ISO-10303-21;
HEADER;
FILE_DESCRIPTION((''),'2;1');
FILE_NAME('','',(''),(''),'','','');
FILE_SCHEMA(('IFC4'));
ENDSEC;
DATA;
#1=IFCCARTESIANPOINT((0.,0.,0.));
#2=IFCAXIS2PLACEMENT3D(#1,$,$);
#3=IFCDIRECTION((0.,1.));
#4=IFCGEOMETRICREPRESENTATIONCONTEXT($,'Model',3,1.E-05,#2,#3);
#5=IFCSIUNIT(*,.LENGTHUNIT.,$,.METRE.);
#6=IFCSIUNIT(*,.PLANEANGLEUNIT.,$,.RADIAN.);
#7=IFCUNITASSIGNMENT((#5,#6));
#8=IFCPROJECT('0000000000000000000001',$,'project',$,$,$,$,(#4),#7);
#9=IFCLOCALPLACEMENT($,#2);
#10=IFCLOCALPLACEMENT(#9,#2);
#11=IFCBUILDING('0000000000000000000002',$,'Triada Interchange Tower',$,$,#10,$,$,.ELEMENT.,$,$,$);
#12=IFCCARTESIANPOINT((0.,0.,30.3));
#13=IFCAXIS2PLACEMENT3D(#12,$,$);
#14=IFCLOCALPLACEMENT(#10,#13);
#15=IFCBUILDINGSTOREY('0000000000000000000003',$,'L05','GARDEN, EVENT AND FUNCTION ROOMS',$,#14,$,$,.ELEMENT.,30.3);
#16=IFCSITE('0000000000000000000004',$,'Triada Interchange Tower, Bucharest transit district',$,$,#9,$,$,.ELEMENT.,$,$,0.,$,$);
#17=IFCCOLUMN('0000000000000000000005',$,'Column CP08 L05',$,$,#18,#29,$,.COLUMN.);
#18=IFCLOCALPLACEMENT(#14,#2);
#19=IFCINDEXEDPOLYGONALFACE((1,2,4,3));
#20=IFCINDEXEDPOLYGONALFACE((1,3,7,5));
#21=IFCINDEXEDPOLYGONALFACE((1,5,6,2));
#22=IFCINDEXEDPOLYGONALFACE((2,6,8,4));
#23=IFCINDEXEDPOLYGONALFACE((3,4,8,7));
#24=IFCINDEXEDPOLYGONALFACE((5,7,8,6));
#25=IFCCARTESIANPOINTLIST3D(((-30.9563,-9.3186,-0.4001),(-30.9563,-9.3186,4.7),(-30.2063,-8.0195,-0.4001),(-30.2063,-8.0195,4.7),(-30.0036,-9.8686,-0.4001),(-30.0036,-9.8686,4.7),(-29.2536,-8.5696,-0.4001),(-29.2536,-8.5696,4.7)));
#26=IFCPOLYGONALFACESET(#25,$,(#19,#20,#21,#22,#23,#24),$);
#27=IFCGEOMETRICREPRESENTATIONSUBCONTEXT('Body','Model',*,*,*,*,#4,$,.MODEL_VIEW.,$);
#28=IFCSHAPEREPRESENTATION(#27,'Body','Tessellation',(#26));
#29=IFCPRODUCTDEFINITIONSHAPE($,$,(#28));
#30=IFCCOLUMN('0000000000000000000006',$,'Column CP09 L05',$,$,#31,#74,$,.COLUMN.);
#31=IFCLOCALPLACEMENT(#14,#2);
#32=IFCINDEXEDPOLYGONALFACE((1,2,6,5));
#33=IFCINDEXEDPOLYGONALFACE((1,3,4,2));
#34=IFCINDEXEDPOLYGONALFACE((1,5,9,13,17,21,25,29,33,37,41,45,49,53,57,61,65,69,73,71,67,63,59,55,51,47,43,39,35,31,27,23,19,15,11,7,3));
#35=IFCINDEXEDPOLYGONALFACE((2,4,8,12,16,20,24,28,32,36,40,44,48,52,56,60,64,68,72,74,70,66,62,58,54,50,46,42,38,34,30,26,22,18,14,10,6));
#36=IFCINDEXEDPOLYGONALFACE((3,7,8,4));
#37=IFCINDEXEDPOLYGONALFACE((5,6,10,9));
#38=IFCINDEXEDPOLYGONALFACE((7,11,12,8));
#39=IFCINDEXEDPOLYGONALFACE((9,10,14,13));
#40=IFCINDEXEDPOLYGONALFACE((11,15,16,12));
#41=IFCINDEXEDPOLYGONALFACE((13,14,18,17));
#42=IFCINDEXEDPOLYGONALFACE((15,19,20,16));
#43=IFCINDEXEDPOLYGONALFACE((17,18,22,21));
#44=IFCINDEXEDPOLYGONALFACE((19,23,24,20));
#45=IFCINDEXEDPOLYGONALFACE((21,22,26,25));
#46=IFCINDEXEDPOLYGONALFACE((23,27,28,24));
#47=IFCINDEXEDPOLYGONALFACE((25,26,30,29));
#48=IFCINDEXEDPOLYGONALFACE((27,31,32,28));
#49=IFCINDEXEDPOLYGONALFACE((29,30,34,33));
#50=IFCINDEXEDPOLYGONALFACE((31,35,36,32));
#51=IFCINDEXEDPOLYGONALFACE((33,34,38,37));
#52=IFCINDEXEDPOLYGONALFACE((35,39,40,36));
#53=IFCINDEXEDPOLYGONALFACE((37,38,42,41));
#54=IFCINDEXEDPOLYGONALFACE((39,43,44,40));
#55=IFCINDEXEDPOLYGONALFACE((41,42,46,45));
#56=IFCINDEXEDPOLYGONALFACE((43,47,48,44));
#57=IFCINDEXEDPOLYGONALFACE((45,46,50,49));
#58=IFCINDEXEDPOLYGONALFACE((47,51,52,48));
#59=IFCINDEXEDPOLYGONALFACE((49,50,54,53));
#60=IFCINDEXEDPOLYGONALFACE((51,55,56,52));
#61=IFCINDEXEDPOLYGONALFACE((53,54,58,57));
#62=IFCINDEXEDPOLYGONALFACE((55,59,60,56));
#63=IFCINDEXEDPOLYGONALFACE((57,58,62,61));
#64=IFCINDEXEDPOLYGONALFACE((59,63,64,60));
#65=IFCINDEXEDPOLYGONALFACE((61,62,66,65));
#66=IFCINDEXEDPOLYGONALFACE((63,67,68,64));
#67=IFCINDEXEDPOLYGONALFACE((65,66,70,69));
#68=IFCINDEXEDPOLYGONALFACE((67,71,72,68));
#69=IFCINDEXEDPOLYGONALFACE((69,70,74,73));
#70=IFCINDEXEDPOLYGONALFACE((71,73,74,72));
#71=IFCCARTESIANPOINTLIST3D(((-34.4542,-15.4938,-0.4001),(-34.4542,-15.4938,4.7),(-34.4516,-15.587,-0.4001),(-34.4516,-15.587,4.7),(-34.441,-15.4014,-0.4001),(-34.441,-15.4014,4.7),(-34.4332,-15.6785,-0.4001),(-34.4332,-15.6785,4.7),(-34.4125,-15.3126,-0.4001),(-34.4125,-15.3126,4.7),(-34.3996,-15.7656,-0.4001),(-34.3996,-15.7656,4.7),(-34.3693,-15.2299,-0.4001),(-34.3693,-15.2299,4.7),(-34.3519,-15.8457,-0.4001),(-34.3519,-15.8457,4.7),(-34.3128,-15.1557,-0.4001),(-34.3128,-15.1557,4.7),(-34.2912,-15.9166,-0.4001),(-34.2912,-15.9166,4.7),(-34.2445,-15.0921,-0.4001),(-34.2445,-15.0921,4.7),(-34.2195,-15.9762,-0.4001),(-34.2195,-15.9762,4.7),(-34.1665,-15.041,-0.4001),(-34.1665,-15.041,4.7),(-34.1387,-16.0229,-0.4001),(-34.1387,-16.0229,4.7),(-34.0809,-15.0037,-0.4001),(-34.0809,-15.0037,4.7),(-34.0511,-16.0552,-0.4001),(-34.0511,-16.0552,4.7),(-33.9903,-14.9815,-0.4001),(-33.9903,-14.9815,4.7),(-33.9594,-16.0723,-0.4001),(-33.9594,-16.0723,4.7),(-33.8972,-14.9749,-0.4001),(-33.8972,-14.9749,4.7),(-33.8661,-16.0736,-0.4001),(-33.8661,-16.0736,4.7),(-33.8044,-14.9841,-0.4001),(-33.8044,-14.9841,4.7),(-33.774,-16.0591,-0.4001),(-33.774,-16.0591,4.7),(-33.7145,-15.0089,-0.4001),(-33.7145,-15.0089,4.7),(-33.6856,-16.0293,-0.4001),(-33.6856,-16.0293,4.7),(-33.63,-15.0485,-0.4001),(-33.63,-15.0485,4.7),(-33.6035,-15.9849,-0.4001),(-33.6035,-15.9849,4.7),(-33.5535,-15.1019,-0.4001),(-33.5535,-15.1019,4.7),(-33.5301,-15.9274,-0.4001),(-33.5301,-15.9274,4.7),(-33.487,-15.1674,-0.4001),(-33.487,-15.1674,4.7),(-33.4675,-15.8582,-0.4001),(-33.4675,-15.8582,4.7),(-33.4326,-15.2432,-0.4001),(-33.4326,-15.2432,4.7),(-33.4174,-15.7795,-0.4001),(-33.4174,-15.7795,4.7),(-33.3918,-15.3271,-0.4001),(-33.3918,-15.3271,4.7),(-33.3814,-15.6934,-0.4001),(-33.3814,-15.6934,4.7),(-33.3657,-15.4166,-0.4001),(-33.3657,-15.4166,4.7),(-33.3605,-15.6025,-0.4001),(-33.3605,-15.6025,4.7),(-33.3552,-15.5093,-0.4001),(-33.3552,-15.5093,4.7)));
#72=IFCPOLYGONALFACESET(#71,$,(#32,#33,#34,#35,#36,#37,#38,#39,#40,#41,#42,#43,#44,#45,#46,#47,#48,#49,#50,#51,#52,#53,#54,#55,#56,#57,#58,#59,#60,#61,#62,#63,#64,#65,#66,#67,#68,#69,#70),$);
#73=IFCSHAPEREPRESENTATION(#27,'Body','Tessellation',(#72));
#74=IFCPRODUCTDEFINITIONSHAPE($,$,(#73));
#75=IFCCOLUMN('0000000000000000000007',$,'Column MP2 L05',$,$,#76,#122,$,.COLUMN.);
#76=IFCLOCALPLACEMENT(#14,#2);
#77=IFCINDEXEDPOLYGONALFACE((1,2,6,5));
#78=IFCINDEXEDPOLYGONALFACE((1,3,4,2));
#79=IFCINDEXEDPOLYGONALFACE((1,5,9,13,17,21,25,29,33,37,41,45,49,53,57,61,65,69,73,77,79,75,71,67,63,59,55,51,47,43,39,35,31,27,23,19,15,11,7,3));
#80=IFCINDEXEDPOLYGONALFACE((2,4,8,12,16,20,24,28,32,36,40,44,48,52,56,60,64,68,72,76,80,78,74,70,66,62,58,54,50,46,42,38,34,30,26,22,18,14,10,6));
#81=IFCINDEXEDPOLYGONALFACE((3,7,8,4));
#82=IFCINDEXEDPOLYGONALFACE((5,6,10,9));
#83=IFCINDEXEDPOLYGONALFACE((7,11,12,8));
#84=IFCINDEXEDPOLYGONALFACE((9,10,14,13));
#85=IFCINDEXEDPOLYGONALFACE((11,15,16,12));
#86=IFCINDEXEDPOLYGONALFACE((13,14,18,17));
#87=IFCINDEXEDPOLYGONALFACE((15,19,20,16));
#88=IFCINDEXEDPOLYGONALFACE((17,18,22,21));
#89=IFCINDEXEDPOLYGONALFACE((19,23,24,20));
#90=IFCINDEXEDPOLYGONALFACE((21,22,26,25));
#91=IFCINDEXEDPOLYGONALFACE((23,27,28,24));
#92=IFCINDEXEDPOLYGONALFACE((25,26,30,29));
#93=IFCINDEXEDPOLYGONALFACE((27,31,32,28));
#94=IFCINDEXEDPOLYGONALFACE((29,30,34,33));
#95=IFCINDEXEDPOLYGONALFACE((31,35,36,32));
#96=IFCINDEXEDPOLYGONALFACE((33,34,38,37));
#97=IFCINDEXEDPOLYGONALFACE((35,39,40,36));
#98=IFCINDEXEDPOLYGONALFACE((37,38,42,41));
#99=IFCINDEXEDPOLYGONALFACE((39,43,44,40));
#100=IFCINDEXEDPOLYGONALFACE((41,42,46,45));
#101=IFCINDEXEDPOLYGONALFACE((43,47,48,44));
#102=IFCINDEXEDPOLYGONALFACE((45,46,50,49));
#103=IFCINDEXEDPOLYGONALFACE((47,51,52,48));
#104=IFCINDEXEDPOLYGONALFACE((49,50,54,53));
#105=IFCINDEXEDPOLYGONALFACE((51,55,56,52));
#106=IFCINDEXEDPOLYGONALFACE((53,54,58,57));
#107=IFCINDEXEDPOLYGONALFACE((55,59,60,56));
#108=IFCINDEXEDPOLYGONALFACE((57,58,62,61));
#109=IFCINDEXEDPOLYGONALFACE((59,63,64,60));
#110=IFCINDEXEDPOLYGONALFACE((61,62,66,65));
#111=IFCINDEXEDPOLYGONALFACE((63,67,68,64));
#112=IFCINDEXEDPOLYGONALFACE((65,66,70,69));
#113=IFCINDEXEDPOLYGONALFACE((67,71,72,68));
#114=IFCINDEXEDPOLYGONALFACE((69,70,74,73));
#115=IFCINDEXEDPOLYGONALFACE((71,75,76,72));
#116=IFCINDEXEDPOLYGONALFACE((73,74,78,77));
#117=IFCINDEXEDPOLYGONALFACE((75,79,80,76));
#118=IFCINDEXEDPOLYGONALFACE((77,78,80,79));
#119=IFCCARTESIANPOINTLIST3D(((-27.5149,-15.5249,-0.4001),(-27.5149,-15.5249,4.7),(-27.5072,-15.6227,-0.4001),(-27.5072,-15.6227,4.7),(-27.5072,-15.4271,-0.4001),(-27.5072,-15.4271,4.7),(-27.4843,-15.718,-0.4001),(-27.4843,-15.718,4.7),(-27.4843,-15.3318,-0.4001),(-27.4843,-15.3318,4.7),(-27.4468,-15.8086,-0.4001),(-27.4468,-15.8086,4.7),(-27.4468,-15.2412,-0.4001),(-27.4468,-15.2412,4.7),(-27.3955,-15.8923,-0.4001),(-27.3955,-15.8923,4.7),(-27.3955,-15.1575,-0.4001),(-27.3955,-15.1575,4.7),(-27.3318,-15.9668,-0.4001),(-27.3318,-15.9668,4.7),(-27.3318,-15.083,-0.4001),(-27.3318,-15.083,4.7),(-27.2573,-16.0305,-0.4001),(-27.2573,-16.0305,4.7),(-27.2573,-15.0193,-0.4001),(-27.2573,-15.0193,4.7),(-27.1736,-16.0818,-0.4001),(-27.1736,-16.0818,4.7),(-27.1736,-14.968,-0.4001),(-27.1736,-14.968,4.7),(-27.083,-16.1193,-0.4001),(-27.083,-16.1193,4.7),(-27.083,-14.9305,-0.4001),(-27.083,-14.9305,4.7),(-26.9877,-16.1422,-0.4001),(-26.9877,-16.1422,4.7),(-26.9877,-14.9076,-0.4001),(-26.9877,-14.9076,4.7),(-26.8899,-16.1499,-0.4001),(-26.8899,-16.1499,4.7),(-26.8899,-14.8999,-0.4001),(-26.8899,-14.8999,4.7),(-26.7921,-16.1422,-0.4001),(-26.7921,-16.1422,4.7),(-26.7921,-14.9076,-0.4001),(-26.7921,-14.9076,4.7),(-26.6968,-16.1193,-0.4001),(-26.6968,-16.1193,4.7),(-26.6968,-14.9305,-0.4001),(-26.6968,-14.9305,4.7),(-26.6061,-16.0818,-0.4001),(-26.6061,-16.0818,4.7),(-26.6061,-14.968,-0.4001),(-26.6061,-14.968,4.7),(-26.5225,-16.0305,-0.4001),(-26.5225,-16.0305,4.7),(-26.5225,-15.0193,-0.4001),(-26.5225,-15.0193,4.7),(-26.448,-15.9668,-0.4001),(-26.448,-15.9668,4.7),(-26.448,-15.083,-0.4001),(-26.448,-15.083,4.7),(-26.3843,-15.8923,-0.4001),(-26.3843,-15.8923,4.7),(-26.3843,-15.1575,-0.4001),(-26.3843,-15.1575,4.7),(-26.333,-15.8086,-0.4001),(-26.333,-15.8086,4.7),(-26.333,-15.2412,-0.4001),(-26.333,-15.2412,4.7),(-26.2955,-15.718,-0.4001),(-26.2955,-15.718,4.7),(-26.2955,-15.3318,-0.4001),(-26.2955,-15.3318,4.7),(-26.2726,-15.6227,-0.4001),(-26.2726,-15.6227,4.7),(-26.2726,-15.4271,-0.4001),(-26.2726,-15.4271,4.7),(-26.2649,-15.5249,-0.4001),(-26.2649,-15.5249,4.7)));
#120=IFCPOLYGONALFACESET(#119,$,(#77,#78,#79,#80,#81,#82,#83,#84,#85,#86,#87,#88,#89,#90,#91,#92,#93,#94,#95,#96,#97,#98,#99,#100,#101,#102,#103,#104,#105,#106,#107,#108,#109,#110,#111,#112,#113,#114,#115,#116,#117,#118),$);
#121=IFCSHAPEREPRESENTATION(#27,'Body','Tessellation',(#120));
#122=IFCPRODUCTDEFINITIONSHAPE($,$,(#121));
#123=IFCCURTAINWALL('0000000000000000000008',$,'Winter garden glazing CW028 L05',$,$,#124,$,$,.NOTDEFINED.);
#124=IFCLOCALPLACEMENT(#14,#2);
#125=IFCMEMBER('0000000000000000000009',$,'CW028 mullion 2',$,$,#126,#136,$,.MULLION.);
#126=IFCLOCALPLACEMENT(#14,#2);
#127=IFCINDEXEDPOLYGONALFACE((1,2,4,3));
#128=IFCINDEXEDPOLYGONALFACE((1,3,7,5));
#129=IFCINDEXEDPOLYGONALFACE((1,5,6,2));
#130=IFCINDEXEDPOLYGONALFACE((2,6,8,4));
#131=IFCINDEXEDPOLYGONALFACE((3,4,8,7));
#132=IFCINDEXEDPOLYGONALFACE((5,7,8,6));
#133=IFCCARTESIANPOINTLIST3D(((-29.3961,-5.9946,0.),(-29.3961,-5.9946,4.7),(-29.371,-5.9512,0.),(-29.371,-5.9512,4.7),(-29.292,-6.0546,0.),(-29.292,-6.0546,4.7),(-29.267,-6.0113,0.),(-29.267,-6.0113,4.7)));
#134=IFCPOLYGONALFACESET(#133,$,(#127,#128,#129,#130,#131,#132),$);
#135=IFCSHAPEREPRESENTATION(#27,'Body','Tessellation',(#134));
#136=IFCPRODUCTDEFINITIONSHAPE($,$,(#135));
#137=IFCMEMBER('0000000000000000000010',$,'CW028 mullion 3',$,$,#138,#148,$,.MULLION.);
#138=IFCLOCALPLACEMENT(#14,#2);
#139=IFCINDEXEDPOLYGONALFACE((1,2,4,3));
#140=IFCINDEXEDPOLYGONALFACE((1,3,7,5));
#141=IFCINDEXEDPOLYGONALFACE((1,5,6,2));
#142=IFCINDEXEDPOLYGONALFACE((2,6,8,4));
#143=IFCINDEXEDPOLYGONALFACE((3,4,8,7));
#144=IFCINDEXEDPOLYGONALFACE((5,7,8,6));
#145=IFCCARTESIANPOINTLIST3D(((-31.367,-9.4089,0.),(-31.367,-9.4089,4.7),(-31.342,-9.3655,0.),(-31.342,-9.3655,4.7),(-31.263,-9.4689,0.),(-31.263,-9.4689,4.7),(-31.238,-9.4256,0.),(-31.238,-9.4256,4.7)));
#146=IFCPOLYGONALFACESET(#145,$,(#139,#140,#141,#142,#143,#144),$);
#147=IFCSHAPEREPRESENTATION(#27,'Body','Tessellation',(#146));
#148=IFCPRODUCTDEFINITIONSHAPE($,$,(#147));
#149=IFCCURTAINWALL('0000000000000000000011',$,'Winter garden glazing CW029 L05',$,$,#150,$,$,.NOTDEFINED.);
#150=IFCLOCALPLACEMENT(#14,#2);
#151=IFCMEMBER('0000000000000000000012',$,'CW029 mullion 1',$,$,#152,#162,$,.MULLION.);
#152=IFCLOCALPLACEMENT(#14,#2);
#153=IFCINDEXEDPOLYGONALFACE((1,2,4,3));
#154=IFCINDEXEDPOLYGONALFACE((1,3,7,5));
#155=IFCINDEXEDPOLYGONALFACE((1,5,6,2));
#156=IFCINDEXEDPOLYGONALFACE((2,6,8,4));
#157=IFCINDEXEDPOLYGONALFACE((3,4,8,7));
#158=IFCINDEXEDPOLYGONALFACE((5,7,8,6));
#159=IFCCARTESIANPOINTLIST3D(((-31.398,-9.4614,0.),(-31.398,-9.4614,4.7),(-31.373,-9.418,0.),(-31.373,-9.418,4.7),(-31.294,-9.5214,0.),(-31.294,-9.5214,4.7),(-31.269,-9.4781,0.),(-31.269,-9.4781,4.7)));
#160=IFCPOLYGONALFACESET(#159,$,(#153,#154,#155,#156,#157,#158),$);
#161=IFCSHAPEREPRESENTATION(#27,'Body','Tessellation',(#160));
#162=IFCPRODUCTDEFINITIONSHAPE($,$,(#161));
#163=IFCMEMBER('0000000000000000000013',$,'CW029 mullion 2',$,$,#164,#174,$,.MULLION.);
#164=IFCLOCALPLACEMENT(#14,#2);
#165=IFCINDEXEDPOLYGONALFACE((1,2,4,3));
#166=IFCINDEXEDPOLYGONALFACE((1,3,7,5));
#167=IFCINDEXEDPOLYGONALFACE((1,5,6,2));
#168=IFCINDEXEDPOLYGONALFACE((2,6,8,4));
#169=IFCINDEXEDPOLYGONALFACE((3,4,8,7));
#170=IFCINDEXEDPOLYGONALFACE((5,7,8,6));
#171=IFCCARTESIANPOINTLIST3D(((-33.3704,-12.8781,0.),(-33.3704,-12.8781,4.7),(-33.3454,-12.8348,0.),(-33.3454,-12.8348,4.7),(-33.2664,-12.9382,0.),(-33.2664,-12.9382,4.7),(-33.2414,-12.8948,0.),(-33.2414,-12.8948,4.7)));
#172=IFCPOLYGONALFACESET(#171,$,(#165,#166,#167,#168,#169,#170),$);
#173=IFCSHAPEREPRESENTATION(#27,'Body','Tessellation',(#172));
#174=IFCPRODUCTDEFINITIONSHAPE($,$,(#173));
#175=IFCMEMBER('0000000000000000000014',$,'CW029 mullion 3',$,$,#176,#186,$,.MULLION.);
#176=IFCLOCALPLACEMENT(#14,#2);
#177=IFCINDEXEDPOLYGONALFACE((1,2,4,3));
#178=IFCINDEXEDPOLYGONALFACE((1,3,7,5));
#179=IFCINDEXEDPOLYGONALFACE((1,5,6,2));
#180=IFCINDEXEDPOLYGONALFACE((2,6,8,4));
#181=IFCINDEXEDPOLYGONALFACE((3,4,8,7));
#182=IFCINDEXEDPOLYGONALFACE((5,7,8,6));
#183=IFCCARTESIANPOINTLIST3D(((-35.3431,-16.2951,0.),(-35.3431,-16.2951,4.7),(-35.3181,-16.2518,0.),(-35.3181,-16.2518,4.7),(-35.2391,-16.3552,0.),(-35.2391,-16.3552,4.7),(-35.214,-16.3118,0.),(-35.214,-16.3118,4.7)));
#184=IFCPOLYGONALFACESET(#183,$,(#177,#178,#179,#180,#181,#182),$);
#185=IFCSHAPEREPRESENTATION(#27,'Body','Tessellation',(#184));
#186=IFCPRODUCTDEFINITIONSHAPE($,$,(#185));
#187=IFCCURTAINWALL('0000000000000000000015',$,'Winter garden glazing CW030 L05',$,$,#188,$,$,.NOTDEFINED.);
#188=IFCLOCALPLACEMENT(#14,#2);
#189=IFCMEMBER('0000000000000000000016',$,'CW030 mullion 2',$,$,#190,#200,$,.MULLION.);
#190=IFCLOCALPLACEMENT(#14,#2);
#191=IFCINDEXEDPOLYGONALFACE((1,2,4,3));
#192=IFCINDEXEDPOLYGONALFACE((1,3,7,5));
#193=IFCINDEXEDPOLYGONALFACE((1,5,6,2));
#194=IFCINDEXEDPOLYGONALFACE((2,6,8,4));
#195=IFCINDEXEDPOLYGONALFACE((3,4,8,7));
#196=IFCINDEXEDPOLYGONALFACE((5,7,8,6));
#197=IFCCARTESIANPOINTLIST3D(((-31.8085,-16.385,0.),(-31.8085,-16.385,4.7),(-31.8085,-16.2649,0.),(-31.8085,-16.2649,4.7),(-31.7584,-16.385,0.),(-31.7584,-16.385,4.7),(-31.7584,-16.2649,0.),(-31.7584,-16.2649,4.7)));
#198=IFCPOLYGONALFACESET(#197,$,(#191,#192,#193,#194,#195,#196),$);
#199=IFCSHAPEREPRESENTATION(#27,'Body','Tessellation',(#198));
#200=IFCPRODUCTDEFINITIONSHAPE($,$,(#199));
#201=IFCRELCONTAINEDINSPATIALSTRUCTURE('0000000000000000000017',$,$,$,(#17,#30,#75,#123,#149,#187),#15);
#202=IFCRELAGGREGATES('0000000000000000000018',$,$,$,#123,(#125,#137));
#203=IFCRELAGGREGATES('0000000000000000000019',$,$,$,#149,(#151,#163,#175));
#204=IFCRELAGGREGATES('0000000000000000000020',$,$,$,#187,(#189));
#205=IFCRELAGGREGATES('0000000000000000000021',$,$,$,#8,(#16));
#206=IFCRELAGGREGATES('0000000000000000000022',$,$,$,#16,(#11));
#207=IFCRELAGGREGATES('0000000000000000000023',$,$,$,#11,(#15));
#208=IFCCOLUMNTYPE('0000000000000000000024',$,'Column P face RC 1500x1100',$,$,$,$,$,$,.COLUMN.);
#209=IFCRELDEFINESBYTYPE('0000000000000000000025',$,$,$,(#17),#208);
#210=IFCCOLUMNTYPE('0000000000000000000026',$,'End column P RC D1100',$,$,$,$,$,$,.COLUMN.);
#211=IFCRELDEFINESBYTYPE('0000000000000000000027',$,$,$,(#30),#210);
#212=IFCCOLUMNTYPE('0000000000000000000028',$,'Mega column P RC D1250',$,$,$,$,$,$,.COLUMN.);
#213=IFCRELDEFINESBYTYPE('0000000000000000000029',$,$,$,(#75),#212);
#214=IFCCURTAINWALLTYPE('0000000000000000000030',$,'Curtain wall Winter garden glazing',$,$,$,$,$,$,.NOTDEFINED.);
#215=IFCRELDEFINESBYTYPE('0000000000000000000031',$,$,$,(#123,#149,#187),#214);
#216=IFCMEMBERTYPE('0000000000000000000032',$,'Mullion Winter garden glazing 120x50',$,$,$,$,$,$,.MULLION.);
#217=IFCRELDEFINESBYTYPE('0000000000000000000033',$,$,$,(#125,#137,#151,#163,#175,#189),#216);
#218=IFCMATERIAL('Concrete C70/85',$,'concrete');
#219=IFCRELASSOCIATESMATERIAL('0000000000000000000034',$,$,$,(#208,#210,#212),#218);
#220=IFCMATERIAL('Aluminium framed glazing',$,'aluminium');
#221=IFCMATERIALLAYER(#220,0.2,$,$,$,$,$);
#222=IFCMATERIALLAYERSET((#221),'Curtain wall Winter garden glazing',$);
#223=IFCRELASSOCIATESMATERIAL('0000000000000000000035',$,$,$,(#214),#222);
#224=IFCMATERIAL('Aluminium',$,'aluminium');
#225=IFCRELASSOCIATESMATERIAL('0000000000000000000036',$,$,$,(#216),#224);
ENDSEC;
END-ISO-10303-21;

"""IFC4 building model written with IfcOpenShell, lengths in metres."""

from ifc_helpers import new_model, si_unit, direction, frame, origin, origin_2d, place, context, subcontext, project, spatial, rectangle, circle, extrude, material, layer, layer_set, material_profile, profile_set, type_object, element, aggregate, save


model = new_model("IFC4")

# Units and contexts
model_context = context("Model", 3, precision=1e-05, world=origin(), true_north=direction((0.0, 1.0)))
body_context = subcontext(model_context, "Body", "Model", "MODEL_VIEW")
ifc_project = project(units=[si_unit("LENGTHUNIT", "METRE"), si_unit("PLANEANGLEUNIT", "RADIAN")], contexts=[model_context])

# Site, building, storey
site_placement = place(None, origin())
site = spatial("IfcSite", under=ifc_project, at=site_placement, Name="Triada Interchange Tower, Bucharest transit district", CompositionType="ELEMENT", RefElevation=0.0)
building_placement = place(site_placement, origin())
building = spatial("IfcBuilding", under=site, at=building_placement, Name="Triada Interchange Tower", CompositionType="ELEMENT")
storey_placement = place(building_placement, frame((0.0, 0.0, 30.3)))
storey = spatial("IfcBuildingStorey", under=building, at=storey_placement, Name="L05", Description="GARDEN, EVENT AND FUNCTION ROOMS", CompositionType="ELEMENT", Elevation=30.3)

# Columns
ifc_material_1 = material(Name="Concrete C70/85", Category="concrete")
ifc_material_profile_1 = material_profile(ifc_material_1, rectangle(XDim=1.5, YDim=1.1001, at=origin_2d()), Name="RC 1500x1100")
ifc_profile_set_1 = profile_set([ifc_material_profile_1], Name="Concrete C70/85")
column_type_1 = type_object("IfcColumnType", Name="Column P face RC 1500x1100", PredefinedType="COLUMN", material=ifc_profile_set_1)
column_1_placement = place(storey_placement, frame((-30.105, -8.9441, -0.4001), z_axis=(0.0, 0.0, 1.0), x_axis=(0.5, 0.866025, 0.0)))
element("IfcColumn", 1, at=column_1_placement, inside=storey, type_object=column_type_1, Name="Column CP08 L05", PredefinedType="COLUMN", context=body_context, shape_type="SweptSolid", body=[
    extrude(rectangle(XDim=1.5, YDim=1.1001, at=origin_2d()), origin(), (0.0, 0.0, 1.0), 5.1001),
])
ifc_material_profile_2 = material_profile(ifc_material_1, circle(Radius=0.55, at=origin_2d()), Name="RC D1100")
ifc_profile_set_2 = profile_set([ifc_material_profile_2], Name="Concrete C70/85")
column_type_2 = type_object("IfcColumnType", Name="End column P RC D1100", PredefinedType="COLUMN", material=ifc_profile_set_2)
column_2_placement = place(storey_placement, frame((-33.905, -15.5249, -0.4001), z_axis=(0.0, 0.0, 1.0), x_axis=(0.5, 0.866025, 0.0)))
element("IfcColumn", 2, at=column_2_placement, inside=storey, type_object=column_type_2, Name="Column CP09 L05", PredefinedType="COLUMN", context=body_context, shape_type="SweptSolid", body=[
    extrude(circle(Radius=0.55, at=origin_2d()), origin(), (0.0, 0.0, 1.0), 5.1001),
])
ifc_material_profile_3 = material_profile(ifc_material_1, circle(Radius=0.625, at=origin_2d()), Name="RC D1250")
ifc_profile_set_3 = profile_set([ifc_material_profile_3], Name="Concrete C70/85")
column_type_3 = type_object("IfcColumnType", Name="Mega column P RC D1250", PredefinedType="COLUMN", material=ifc_profile_set_3)
column_3_placement = place(storey_placement, frame((-26.8899, -15.5249, -0.4001), z_axis=(0.0, 0.0, 1.0), x_axis=(1.0, 0.0, 0.0)))
element("IfcColumn", 3, at=column_3_placement, inside=storey, type_object=column_type_3, Name="Column MP2 L05", PredefinedType="COLUMN", context=body_context, shape_type="SweptSolid", body=[
    extrude(circle(Radius=0.625, at=origin_2d()), origin(), (0.0, 0.0, 1.0), 5.1001),
])

# Curtain walls, members
ifc_material_2 = material(Name="Aluminium framed glazing", Category="aluminium")
ifc_layer_1 = layer(ifc_material_2, 0.2)
ifc_layer_set_1 = layer_set([ifc_layer_1], Name="Curtain wall Winter garden glazing")
curtain_wall_type = type_object("IfcCurtainWallType", Name="Curtain wall Winter garden glazing", PredefinedType="NOTDEFINED", material=ifc_layer_set_1)
curtain_wall_1_placement = place(storey_placement, origin())
curtain_wall_1 = element("IfcCurtainWall", 4, at=curtain_wall_1_placement, inside=storey, type_object=curtain_wall_type, Name="Winter garden glazing CW028 L05", PredefinedType="NOTDEFINED")
ifc_material_3 = material(Name="Aluminium", Category="aluminium")
ifc_material_profile_4 = material_profile(ifc_material_3, rectangle(XDim=0.1201, YDim=0.05, at=origin_2d()), Name="Aluminium mullion")
ifc_profile_set_4 = profile_set([ifc_material_profile_4], Name="Aluminium")
member_type_1 = type_object("IfcMemberType", Name="Mullion Winter garden glazing 120x50", PredefinedType="MULLION", material=ifc_profile_set_4)
member_1_placement = place(storey_placement, frame((-29.3315, -6.0029, 0.0), z_axis=(0.0, 0.0, 1.0), x_axis=(0.866055, -0.499948, 0.0)))
member_1 = element("IfcMember", 5, at=member_1_placement, type_object=member_type_1, Name="CW028 mullion 2", PredefinedType="MULLION", context=body_context, shape_type="SweptSolid", body=[
    extrude(rectangle(XDim=0.1201, YDim=0.05, at=origin_2d()), origin(), (0.0, 0.0, 1.0), 4.7),
])
member_2_placement = place(storey_placement, frame((-31.3025, -9.4172, 0.0), z_axis=(0.0, 0.0, 1.0), x_axis=(0.866055, -0.499948, 0.0)))
member_2 = element("IfcMember", 6, at=member_2_placement, type_object=member_type_1, Name="CW028 mullion 3", PredefinedType="MULLION", context=body_context, shape_type="SweptSolid", body=[
    extrude(rectangle(XDim=0.1201, YDim=0.05, at=origin_2d()), origin(), (0.0, 0.0, 1.0), 4.7),
])
curtain_wall_2_placement = place(storey_placement, origin())
curtain_wall_2 = element("IfcCurtainWall", 7, at=curtain_wall_2_placement, inside=storey, type_object=curtain_wall_type, Name="Winter garden glazing CW029 L05", PredefinedType="NOTDEFINED")
member_3_placement = place(storey_placement, frame((-31.3335, -9.4697, 0.0), z_axis=(0.0, 0.0, 1.0), x_axis=(0.866049, -0.499959, 0.0)))
member_3 = element("IfcMember", 8, at=member_3_placement, type_object=member_type_1, Name="CW029 mullion 1", PredefinedType="MULLION", context=body_context, shape_type="SweptSolid", body=[
    extrude(rectangle(XDim=0.1201, YDim=0.05, at=origin_2d()), origin(), (0.0, 0.0, 1.0), 4.7),
])
member_4_placement = place(storey_placement, frame((-33.3059, -12.8865, 0.0), z_axis=(0.0, 0.0, 1.0), x_axis=(0.866049, -0.499959, 0.0)))
member_4 = element("IfcMember", 9, at=member_4_placement, type_object=member_type_1, Name="CW029 mullion 2", PredefinedType="MULLION", context=body_context, shape_type="SweptSolid", body=[
    extrude(rectangle(XDim=0.1201, YDim=0.05, at=origin_2d()), origin(), (0.0, 0.0, 1.0), 4.7),
])
member_5_placement = place(storey_placement, frame((-35.2786, -16.3035, 0.0), z_axis=(0.0, 0.0, 1.0), x_axis=(0.866049, -0.499959, 0.0)))
member_5 = element("IfcMember", 10, at=member_5_placement, type_object=member_type_1, Name="CW029 mullion 3", PredefinedType="MULLION", context=body_context, shape_type="SweptSolid", body=[
    extrude(rectangle(XDim=0.1201, YDim=0.05, at=origin_2d()), origin(), (0.0, 0.0, 1.0), 4.7),
])
curtain_wall_3_placement = place(storey_placement, origin())
curtain_wall_3 = element("IfcCurtainWall", 11, at=curtain_wall_3_placement, inside=storey, type_object=curtain_wall_type, Name="Winter garden glazing CW030 L05", PredefinedType="NOTDEFINED")
member_6_placement = place(storey_placement, frame((-31.7834, -16.325, 0.0), z_axis=(0.0, 0.0, 1.0), x_axis=(0.0, 1.0, 0.0)))
member_6 = element("IfcMember", 12, at=member_6_placement, type_object=member_type_1, Name="CW030 mullion 2", PredefinedType="MULLION", context=body_context, shape_type="SweptSolid", body=[
    extrude(rectangle(XDim=0.1201, YDim=0.05, at=origin_2d()), origin(), (0.0, 0.0, 1.0), 4.7),
])

aggregate(curtain_wall_1, [member_1, member_2])
aggregate(curtain_wall_2, [member_3, member_4, member_5])
aggregate(curtain_wall_3, [member_6])

save(model, "model.ifc")
